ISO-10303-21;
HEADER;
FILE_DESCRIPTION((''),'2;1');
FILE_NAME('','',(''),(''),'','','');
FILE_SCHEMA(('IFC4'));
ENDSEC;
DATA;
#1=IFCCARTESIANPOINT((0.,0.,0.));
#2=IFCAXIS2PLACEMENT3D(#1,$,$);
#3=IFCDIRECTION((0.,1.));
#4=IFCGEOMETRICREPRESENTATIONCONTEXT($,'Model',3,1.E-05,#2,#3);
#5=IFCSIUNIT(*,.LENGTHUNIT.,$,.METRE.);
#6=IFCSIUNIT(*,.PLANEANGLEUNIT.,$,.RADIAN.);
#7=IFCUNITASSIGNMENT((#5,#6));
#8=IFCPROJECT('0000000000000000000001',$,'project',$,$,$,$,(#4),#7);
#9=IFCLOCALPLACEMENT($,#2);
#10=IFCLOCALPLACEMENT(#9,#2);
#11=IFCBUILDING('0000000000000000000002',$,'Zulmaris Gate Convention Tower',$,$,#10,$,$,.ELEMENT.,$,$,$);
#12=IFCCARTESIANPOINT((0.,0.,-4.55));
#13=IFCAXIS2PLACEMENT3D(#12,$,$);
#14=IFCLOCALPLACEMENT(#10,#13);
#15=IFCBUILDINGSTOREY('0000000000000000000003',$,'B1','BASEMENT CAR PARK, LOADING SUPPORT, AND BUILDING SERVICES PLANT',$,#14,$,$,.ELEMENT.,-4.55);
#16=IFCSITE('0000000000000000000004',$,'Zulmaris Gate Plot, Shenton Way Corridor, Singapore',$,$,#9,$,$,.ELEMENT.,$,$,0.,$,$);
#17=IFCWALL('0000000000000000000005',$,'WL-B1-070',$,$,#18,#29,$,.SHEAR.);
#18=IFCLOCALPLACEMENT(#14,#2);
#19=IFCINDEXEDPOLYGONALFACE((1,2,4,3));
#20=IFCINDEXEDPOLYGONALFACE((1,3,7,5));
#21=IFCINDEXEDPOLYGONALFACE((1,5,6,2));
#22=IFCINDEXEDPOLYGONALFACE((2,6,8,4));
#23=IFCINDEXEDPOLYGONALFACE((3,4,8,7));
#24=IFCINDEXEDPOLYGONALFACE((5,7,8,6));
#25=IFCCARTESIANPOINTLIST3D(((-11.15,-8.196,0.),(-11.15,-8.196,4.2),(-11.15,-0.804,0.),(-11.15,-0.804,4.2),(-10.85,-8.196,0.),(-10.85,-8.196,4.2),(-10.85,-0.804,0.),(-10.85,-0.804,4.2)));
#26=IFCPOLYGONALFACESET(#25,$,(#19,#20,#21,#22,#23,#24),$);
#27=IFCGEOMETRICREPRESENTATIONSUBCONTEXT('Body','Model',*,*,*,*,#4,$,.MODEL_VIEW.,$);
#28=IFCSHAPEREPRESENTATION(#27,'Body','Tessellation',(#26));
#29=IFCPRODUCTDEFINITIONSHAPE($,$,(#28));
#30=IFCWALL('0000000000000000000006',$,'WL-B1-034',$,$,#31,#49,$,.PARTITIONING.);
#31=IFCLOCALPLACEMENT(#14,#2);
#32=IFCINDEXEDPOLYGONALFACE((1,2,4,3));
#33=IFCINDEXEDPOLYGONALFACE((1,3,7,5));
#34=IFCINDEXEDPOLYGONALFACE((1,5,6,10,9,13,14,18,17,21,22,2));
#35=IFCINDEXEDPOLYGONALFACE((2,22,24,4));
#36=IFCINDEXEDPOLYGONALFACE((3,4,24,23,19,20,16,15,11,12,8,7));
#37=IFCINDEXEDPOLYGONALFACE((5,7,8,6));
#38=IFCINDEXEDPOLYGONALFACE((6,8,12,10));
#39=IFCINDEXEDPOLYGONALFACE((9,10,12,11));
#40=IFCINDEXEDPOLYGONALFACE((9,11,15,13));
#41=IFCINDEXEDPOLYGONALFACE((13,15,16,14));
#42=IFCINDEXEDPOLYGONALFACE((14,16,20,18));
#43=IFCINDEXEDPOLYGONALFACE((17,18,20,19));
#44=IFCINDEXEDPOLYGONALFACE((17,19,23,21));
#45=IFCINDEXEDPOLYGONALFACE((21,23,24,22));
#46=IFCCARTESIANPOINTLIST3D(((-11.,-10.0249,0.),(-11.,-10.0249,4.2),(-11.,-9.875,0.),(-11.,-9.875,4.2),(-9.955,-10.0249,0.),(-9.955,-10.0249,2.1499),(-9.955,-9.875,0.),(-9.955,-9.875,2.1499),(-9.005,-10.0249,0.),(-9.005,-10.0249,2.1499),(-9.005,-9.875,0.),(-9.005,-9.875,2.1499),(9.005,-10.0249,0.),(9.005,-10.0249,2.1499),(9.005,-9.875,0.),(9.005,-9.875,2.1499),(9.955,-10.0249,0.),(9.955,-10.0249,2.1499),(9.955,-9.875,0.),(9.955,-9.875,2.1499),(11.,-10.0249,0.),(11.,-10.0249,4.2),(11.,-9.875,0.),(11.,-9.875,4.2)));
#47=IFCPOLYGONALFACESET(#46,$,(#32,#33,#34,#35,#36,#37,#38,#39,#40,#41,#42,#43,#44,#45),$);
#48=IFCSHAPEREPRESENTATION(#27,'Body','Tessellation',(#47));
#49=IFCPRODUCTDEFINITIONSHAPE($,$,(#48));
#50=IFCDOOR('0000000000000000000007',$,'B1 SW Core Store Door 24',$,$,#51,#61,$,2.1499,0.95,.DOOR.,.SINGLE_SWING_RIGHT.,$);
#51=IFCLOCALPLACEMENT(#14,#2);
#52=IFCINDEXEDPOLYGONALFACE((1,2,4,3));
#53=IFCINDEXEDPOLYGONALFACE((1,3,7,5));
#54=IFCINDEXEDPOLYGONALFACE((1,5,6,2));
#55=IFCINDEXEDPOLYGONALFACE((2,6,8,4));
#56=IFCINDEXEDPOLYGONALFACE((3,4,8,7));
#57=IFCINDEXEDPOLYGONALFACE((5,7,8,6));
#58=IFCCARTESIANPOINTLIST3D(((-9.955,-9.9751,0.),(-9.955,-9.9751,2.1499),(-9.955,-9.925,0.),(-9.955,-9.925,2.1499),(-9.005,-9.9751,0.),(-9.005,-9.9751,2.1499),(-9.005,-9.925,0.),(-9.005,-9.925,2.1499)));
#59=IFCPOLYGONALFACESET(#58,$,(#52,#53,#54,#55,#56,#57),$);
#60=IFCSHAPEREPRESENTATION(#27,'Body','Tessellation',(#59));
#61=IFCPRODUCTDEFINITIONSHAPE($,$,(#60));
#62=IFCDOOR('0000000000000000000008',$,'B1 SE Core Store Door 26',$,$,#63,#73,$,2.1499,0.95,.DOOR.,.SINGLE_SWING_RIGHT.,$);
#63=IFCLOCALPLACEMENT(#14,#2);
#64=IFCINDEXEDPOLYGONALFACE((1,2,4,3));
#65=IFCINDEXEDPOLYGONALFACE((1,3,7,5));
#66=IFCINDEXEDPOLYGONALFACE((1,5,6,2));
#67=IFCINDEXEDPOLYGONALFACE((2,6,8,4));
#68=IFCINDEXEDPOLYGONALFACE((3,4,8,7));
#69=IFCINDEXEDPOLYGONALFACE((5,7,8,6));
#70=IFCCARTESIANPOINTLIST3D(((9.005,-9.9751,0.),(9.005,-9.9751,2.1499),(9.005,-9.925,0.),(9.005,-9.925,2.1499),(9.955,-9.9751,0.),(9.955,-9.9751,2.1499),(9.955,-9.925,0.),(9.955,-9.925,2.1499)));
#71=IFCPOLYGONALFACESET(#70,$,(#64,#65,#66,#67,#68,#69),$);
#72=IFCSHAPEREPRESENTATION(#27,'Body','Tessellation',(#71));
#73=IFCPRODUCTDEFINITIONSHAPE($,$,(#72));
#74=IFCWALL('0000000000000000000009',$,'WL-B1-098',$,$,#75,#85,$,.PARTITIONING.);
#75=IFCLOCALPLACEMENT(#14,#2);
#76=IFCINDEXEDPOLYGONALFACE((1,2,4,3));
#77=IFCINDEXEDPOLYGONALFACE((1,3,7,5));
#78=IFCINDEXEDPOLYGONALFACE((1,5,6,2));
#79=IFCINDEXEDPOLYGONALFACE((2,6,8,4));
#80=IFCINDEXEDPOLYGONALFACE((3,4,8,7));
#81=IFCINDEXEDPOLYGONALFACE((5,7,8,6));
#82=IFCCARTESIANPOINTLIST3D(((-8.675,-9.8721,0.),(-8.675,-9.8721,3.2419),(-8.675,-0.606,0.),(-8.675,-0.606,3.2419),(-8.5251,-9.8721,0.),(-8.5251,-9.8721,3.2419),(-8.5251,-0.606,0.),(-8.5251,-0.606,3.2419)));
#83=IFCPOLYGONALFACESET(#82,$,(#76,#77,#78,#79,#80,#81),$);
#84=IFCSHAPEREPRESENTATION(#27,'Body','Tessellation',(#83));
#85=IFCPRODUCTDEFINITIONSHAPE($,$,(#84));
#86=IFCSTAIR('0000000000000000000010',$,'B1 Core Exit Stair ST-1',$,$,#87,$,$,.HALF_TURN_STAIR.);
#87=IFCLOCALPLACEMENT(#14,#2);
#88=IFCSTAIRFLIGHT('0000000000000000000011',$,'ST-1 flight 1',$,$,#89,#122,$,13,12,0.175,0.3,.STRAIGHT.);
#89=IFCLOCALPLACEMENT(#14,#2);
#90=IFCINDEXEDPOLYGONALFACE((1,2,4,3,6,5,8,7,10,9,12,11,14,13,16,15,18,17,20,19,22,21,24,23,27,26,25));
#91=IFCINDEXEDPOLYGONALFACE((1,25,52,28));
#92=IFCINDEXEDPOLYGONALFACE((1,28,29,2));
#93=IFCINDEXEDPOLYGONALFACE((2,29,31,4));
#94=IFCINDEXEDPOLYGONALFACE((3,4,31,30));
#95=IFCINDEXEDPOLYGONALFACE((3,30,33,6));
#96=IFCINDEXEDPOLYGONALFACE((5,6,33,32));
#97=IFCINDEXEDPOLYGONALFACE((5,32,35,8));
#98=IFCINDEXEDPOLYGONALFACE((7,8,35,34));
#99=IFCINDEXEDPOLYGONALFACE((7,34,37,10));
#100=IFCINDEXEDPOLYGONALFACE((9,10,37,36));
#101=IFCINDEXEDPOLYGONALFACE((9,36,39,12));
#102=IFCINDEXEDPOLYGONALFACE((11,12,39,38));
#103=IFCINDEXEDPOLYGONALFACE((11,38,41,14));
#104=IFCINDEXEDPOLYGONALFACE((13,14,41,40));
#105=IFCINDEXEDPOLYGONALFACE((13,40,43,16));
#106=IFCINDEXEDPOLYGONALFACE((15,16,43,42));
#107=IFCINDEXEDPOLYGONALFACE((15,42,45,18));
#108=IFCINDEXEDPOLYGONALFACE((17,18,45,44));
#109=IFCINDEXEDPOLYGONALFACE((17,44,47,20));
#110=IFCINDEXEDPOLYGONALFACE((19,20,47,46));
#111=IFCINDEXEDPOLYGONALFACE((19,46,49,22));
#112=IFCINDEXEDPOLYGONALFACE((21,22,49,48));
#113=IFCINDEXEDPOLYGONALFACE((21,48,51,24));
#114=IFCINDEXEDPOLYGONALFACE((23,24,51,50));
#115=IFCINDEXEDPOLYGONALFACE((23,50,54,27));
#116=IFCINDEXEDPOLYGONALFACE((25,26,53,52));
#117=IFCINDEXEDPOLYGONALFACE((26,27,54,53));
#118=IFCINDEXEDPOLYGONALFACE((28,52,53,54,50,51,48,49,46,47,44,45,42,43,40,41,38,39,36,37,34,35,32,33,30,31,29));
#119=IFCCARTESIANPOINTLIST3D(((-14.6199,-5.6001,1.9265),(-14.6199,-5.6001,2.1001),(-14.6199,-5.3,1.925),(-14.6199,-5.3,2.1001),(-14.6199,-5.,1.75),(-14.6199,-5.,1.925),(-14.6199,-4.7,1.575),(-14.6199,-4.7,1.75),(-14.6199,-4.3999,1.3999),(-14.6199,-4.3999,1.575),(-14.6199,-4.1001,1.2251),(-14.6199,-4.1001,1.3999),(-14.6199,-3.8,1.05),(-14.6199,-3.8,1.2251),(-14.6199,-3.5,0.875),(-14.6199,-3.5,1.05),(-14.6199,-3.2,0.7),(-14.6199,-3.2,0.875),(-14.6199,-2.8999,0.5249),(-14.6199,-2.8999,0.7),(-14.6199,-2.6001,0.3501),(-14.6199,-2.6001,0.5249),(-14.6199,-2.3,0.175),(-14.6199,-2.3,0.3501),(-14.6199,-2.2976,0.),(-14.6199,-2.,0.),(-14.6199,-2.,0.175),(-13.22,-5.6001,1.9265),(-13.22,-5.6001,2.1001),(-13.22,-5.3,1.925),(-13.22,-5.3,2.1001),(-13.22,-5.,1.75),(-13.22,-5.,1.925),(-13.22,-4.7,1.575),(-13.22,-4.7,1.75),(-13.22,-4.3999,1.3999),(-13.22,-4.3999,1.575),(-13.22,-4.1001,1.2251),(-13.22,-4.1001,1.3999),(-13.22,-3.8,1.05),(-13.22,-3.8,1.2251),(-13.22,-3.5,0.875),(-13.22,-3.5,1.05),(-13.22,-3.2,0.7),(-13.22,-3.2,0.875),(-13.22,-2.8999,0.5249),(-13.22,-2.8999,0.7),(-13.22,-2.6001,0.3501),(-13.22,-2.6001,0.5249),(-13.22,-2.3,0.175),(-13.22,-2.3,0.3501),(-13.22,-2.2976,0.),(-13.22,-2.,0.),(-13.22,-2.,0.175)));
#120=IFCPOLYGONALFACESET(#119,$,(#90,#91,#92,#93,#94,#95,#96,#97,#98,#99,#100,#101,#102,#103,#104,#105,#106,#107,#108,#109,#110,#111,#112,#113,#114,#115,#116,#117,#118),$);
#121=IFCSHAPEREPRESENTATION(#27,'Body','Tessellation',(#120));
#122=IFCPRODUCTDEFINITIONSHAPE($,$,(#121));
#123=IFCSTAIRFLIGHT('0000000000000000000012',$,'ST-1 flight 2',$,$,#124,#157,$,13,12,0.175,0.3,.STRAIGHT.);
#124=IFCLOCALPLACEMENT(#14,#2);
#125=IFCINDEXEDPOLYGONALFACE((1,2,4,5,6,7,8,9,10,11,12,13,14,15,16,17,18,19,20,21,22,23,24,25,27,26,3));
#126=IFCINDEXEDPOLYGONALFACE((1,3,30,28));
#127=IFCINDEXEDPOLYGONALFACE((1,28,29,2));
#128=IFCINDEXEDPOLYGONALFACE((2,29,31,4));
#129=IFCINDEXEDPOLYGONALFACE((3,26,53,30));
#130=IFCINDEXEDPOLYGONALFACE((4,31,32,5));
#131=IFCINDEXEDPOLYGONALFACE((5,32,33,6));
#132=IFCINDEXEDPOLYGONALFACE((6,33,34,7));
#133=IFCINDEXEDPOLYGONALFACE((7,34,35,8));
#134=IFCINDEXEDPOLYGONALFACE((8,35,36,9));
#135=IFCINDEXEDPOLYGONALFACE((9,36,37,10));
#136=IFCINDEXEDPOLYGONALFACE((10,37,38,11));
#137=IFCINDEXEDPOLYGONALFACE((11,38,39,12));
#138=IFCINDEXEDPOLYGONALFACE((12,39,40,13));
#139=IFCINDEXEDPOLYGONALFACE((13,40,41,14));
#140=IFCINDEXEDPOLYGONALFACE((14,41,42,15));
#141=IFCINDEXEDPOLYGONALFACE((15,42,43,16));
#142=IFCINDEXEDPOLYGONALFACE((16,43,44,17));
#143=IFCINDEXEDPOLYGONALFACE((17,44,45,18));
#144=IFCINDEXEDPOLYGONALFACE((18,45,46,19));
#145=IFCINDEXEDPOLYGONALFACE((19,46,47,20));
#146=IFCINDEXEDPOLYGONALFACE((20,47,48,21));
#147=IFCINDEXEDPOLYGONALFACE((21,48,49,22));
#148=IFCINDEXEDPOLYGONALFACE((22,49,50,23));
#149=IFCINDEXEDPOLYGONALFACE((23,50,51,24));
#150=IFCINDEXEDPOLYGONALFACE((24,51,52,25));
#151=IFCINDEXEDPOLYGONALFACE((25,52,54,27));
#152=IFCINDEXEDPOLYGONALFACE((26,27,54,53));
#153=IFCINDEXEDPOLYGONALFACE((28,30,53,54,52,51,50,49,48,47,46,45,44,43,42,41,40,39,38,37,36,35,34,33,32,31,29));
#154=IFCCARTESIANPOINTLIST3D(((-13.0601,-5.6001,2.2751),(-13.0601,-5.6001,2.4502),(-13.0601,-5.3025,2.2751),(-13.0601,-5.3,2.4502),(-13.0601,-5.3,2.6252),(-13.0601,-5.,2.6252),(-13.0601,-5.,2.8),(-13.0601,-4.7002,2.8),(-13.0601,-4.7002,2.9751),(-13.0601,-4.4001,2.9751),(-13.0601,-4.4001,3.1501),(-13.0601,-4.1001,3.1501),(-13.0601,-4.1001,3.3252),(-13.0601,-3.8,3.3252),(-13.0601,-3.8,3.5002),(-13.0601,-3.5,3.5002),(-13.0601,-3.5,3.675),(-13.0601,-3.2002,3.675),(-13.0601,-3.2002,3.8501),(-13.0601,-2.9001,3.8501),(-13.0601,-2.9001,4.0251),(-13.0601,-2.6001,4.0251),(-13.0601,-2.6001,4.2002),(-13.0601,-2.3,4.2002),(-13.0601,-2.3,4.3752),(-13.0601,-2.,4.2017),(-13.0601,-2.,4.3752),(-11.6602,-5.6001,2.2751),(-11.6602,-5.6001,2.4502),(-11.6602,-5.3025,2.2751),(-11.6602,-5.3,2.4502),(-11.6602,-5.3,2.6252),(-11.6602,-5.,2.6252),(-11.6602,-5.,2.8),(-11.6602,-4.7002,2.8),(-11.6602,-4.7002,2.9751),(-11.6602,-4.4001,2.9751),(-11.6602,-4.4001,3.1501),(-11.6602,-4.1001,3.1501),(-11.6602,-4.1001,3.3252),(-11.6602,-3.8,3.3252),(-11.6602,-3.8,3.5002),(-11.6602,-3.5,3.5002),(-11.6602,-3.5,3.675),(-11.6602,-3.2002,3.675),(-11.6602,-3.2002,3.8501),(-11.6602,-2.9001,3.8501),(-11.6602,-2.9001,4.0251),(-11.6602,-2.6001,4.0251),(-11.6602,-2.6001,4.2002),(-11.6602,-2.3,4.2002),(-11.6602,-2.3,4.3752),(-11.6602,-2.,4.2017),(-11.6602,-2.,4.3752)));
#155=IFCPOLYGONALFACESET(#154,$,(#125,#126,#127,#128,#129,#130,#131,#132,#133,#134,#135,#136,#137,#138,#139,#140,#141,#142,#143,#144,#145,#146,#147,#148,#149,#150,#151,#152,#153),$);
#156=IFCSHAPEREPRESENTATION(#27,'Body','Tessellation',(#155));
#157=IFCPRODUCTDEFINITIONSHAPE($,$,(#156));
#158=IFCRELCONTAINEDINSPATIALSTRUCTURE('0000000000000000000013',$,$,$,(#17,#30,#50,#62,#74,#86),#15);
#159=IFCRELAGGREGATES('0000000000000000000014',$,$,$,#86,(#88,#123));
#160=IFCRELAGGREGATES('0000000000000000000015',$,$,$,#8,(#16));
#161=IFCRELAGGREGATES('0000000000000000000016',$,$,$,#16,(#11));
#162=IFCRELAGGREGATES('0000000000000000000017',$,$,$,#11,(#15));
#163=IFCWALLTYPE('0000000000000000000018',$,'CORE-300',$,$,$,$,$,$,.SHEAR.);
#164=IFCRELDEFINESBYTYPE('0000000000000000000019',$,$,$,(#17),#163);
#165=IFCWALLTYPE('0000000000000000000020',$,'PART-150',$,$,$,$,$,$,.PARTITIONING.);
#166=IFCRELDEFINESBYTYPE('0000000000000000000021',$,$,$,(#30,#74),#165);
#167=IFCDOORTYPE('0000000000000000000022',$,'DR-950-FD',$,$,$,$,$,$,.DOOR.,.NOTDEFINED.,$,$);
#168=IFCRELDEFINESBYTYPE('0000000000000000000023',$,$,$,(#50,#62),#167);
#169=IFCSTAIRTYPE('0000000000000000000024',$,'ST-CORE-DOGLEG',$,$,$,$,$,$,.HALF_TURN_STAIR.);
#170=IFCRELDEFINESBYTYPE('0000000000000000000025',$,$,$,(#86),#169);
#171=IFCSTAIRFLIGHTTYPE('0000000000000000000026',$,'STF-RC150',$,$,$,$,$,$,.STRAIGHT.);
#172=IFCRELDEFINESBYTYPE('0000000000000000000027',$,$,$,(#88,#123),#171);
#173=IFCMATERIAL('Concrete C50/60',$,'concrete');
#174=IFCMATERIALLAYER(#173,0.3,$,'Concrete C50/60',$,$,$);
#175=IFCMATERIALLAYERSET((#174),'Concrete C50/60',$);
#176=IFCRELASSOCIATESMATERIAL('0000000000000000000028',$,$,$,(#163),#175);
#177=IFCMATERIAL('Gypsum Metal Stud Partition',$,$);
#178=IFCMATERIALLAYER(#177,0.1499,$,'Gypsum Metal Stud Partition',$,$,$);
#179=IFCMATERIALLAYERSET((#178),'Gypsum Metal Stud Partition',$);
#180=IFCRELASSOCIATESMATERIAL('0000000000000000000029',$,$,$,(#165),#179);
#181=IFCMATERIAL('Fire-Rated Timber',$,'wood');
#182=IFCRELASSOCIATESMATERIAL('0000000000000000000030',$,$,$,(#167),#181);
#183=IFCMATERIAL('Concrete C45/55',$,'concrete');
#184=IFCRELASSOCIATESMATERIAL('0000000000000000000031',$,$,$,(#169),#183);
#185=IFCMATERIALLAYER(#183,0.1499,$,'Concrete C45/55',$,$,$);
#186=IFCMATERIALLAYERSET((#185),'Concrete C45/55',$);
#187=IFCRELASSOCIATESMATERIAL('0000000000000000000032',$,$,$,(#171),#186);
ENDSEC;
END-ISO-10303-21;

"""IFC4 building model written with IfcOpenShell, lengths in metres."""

from ifc_helpers import new_model, si_unit, direction, frame, frame_2d, origin, place, context, subcontext, project, spatial, polyline, rectangle, outline, extrude, material, layer, layer_set, type_object, element, fill, aggregate, save


model = new_model("IFC4")

# Units and contexts
model_context = context("Model", 3, precision=1e-05, world=origin(), true_north=direction((0.0, 1.0)))
body_context = subcontext(model_context, "Body", "Model", "MODEL_VIEW")
ifc_project = project(units=[si_unit("LENGTHUNIT", "METRE"), si_unit("PLANEANGLEUNIT", "RADIAN")], contexts=[model_context])

# Site, building, storey
site_placement = place(None, origin())
site = spatial("IfcSite", under=ifc_project, at=site_placement, Name="Zulmaris Gate Plot, Shenton Way Corridor, Singapore", CompositionType="ELEMENT", RefElevation=0.0)
building_placement = place(site_placement, origin())
building = spatial("IfcBuilding", under=site, at=building_placement, Name="Zulmaris Gate Convention Tower", CompositionType="ELEMENT")
storey_placement = place(building_placement, frame((0.0, 0.0, -4.55)))
storey = spatial("IfcBuildingStorey", under=building, at=storey_placement, Name="B1", Description="BASEMENT CAR PARK, LOADING SUPPORT, AND BUILDING SERVICES PLANT", CompositionType="ELEMENT", Elevation=-4.55)

# Wall
ifc_material_1 = material(Name="Concrete C50/60", Category="concrete")
ifc_layer_1 = layer(ifc_material_1, 0.3, Name="Concrete C50/60")
ifc_layer_set_1 = layer_set([ifc_layer_1], Name="Concrete C50/60")
wall_type_1 = type_object("IfcWallType", Name="CORE-300", PredefinedType="SHEAR", material=ifc_layer_set_1)
wall_1_placement = place(storey_placement, frame((-11.0, -8.196, 0.0), z_axis=(0.0, 0.0, 1.0), x_axis=(0.0, 1.0, 0.0)))
element("IfcWall", 1, at=wall_1_placement, inside=storey, type_object=wall_type_1, Name="WL-B1-070", PredefinedType="SHEAR", context=body_context, shape_type="SweptSolid", body=[
    extrude(rectangle(XDim=7.3921, YDim=0.3, at=frame_2d((3.696, 0.0))), origin(), (0.0, 0.0, 1.0), 4.2),
])

# Wall, openings, doors
ifc_material_2 = material(Name="Gypsum Metal Stud Partition")
ifc_layer_2 = layer(ifc_material_2, 0.1499, Name="Gypsum Metal Stud Partition")
ifc_layer_set_2 = layer_set([ifc_layer_2], Name="Gypsum Metal Stud Partition")
wall_type_2 = type_object("IfcWallType", Name="PART-150", PredefinedType="PARTITIONING", material=ifc_layer_set_2)
wall_2_placement = place(storey_placement, frame((-11.0, -9.95, 0.0), z_axis=(0.0, 0.0, 1.0), x_axis=(1.0, 0.0, 0.0)))
wall_2 = element("IfcWall", 2, at=wall_2_placement, inside=storey, type_object=wall_type_2, Name="WL-B1-034", PredefinedType="PARTITIONING", context=body_context, shape_type="SweptSolid", body=[
    extrude(rectangle(XDim=22.0, YDim=0.1499, at=frame_2d((11.0, 0.0))), origin(), (0.0, 0.0, 1.0), 4.2),
])
opening_1_placement = place(wall_2_placement, frame((1.0449, 0.0, 0.0)))
opening_1 = element("IfcOpeningElement", 3, at=opening_1_placement, cuts=wall_2, PredefinedType="OPENING", context=body_context, shape_type="SweptSolid", body=[
    extrude(rectangle(XDim=0.95, YDim=2.1499, at=frame_2d((0.4751, 1.075))), frame((0.0, 0.085, 0.0), z_axis=(0.0, -1.0, 0.0), x_axis=(1.0, 0.0, 0.0)), (0.0, 0.0, 1.0), 0.1699),
])
opening_2_placement = place(wall_2_placement, frame((20.0049, 0.0, 0.0)))
opening_2 = element("IfcOpeningElement", 4, at=opening_2_placement, cuts=wall_2, PredefinedType="OPENING", context=body_context, shape_type="SweptSolid", body=[
    extrude(rectangle(XDim=0.95, YDim=2.1499, at=frame_2d((0.4751, 1.075))), frame((0.0, 0.085, 0.0), z_axis=(0.0, -1.0, 0.0), x_axis=(1.0, 0.0, 0.0)), (0.0, 0.0, 1.0), 0.1699),
])
ifc_material_3 = material(Name="Fire-Rated Timber", Category="wood")
door_type = type_object("IfcDoorType", Name="DR-950-FD", OperationType="NOTDEFINED", PredefinedType="DOOR", material=ifc_material_3)
door_1_placement = place(opening_1_placement, origin())
door_1 = element("IfcDoor", 5, at=door_1_placement, inside=storey, type_object=door_type, Name="B1 SW Core Store Door 24", OperationType="SINGLE_SWING_RIGHT", OverallHeight=2.1499, OverallWidth=0.95, PredefinedType="DOOR", context=body_context, shape_type="SweptSolid", body=[
    extrude(rectangle(XDim=0.95, YDim=2.1499, at=frame_2d((0.4751, 1.075))), frame((0.0, 0.0249, 0.0), z_axis=(0.0, -1.0, 0.0), x_axis=(1.0, 0.0, 0.0)), (0.0, 0.0, 1.0), 0.05),
])
fill(opening_1, door_1)
door_2_placement = place(opening_2_placement, origin())
door_2 = element("IfcDoor", 6, at=door_2_placement, inside=storey, type_object=door_type, Name="B1 SE Core Store Door 26", OperationType="SINGLE_SWING_RIGHT", OverallHeight=2.1499, OverallWidth=0.95, PredefinedType="DOOR", context=body_context, shape_type="SweptSolid", body=[
    extrude(rectangle(XDim=0.95, YDim=2.1499, at=frame_2d((0.4751, 1.075))), frame((0.0, 0.0249, 0.0), z_axis=(0.0, -1.0, 0.0), x_axis=(1.0, 0.0, 0.0)), (0.0, 0.0, 1.0), 0.05),
])
fill(opening_2, door_2)

# Wall
wall_3_placement = place(storey_placement, frame((-8.6001, -9.8721, 0.0), z_axis=(0.0, 0.0, 1.0), x_axis=(0.0, 1.0, 0.0)))
element("IfcWall", 7, at=wall_3_placement, inside=storey, type_object=wall_type_2, Name="WL-B1-098", PredefinedType="PARTITIONING", context=body_context, shape_type="SweptSolid", body=[
    extrude(rectangle(XDim=9.2661, YDim=0.1499, at=frame_2d((4.6331, 0.0))), origin(), (0.0, 0.0, 1.0), 3.2419),
])

# Stair, stair flights
ifc_material_4 = material(Name="Concrete C45/55", Category="concrete")
stair_type = type_object("IfcStairType", Name="ST-CORE-DOGLEG", PredefinedType="HALF_TURN_STAIR", material=ifc_material_4)
stair_placement = place(storey_placement, origin())
stair = element("IfcStair", 8, at=stair_placement, inside=storey, type_object=stair_type, Name="B1 Core Exit Stair ST-1", PredefinedType="HALF_TURN_STAIR")
ifc_layer_3 = layer(ifc_material_4, 0.1499, Name="Concrete C45/55")
ifc_layer_set_3 = layer_set([ifc_layer_3], Name="Concrete C45/55")
stair_flight_type = type_object("IfcStairFlightType", Name="STF-RC150", PredefinedType="STRAIGHT", material=ifc_layer_set_3)
stair_flight_1_placement = place(storey_placement, frame((-13.9199, -2.0, 0.0), z_axis=(0.0, 0.0, 1.0), x_axis=(0.0, -1.0, 0.0)))
stair_flight_1 = element("IfcStairFlight", 9, at=stair_flight_1_placement, type_object=stair_flight_type, Name="ST-1 flight 1", NumberOfRisers=13, NumberOfTreads=12, PredefinedType="STRAIGHT", RiserHeight=0.175, TreadLength=0.3, context=body_context, shape_type="SweptSolid", body=[
    extrude(outline(polyline([(0.0, 0.0), (0.0, 0.175), (0.3, 0.175), (0.3, 0.3501), (0.6001, 0.3501), (0.6001, 0.5249), (0.8999, 0.5249), (0.8999, 0.7), (1.2, 0.7), (1.2, 0.875), (1.5, 0.875), (1.5, 1.05), (1.8, 1.05), (1.8, 1.2251), (2.1001, 1.2251), (2.1001, 1.3999), (2.3999, 1.3999), (2.3999, 1.575), (2.7, 1.575), (2.7, 1.75), (3.0, 1.75), (3.0, 1.925), (3.3, 1.925), (3.3, 2.1001), (3.6001, 2.1001), (3.6001, 2.2749), (3.6001, 1.9265), (0.2976, 0.0), (0.0, 0.0)])), frame((0.0, 0.7, 0.0), z_axis=(0.0, -1.0, 0.0), x_axis=(1.0, 0.0, 0.0)), (0.0, 0.0, 1.0), 1.3999),
])
stair_flight_2_placement = place(storey_placement, frame((-12.3601, -5.6001, 2.2751), z_axis=(0.0, 0.0, 1.0), x_axis=(0.0, 1.0, 0.0)))
stair_flight_2 = element("IfcStairFlight", 10, at=stair_flight_2_placement, type_object=stair_flight_type, Name="ST-1 flight 2", NumberOfRisers=13, NumberOfTreads=12, PredefinedType="STRAIGHT", RiserHeight=0.175, TreadLength=0.3, context=body_context, shape_type="SweptSolid", body=[
    extrude(outline(polyline([(0.0, 0.0), (0.0, 0.175), (0.3, 0.175), (0.3, 0.3501), (0.6001, 0.3501), (0.6001, 0.5249), (0.8999, 0.5249), (0.8999, 0.7), (1.2, 0.7), (1.2, 0.875), (1.5, 0.875), (1.5, 1.05), (1.8, 1.05), (1.8, 1.2251), (2.1001, 1.2251), (2.1001, 1.3999), (2.3999, 1.3999), (2.3999, 1.575), (2.7, 1.575), (2.7, 1.75), (3.0, 1.75), (3.0, 1.925), (3.3, 1.925), (3.3, 2.1001), (3.6001, 2.1001), (3.6001, 2.2749), (3.6001, 1.9265), (0.2976, 0.0), (0.0, 0.0)])), frame((0.0, 0.7, 0.0), z_axis=(0.0, -1.0, 0.0), x_axis=(1.0, 0.0, 0.0)), (0.0, 0.0, 1.0), 1.3999),
])
aggregate(stair, [stair_flight_1, stair_flight_2])

save(model, "model.ifc")
